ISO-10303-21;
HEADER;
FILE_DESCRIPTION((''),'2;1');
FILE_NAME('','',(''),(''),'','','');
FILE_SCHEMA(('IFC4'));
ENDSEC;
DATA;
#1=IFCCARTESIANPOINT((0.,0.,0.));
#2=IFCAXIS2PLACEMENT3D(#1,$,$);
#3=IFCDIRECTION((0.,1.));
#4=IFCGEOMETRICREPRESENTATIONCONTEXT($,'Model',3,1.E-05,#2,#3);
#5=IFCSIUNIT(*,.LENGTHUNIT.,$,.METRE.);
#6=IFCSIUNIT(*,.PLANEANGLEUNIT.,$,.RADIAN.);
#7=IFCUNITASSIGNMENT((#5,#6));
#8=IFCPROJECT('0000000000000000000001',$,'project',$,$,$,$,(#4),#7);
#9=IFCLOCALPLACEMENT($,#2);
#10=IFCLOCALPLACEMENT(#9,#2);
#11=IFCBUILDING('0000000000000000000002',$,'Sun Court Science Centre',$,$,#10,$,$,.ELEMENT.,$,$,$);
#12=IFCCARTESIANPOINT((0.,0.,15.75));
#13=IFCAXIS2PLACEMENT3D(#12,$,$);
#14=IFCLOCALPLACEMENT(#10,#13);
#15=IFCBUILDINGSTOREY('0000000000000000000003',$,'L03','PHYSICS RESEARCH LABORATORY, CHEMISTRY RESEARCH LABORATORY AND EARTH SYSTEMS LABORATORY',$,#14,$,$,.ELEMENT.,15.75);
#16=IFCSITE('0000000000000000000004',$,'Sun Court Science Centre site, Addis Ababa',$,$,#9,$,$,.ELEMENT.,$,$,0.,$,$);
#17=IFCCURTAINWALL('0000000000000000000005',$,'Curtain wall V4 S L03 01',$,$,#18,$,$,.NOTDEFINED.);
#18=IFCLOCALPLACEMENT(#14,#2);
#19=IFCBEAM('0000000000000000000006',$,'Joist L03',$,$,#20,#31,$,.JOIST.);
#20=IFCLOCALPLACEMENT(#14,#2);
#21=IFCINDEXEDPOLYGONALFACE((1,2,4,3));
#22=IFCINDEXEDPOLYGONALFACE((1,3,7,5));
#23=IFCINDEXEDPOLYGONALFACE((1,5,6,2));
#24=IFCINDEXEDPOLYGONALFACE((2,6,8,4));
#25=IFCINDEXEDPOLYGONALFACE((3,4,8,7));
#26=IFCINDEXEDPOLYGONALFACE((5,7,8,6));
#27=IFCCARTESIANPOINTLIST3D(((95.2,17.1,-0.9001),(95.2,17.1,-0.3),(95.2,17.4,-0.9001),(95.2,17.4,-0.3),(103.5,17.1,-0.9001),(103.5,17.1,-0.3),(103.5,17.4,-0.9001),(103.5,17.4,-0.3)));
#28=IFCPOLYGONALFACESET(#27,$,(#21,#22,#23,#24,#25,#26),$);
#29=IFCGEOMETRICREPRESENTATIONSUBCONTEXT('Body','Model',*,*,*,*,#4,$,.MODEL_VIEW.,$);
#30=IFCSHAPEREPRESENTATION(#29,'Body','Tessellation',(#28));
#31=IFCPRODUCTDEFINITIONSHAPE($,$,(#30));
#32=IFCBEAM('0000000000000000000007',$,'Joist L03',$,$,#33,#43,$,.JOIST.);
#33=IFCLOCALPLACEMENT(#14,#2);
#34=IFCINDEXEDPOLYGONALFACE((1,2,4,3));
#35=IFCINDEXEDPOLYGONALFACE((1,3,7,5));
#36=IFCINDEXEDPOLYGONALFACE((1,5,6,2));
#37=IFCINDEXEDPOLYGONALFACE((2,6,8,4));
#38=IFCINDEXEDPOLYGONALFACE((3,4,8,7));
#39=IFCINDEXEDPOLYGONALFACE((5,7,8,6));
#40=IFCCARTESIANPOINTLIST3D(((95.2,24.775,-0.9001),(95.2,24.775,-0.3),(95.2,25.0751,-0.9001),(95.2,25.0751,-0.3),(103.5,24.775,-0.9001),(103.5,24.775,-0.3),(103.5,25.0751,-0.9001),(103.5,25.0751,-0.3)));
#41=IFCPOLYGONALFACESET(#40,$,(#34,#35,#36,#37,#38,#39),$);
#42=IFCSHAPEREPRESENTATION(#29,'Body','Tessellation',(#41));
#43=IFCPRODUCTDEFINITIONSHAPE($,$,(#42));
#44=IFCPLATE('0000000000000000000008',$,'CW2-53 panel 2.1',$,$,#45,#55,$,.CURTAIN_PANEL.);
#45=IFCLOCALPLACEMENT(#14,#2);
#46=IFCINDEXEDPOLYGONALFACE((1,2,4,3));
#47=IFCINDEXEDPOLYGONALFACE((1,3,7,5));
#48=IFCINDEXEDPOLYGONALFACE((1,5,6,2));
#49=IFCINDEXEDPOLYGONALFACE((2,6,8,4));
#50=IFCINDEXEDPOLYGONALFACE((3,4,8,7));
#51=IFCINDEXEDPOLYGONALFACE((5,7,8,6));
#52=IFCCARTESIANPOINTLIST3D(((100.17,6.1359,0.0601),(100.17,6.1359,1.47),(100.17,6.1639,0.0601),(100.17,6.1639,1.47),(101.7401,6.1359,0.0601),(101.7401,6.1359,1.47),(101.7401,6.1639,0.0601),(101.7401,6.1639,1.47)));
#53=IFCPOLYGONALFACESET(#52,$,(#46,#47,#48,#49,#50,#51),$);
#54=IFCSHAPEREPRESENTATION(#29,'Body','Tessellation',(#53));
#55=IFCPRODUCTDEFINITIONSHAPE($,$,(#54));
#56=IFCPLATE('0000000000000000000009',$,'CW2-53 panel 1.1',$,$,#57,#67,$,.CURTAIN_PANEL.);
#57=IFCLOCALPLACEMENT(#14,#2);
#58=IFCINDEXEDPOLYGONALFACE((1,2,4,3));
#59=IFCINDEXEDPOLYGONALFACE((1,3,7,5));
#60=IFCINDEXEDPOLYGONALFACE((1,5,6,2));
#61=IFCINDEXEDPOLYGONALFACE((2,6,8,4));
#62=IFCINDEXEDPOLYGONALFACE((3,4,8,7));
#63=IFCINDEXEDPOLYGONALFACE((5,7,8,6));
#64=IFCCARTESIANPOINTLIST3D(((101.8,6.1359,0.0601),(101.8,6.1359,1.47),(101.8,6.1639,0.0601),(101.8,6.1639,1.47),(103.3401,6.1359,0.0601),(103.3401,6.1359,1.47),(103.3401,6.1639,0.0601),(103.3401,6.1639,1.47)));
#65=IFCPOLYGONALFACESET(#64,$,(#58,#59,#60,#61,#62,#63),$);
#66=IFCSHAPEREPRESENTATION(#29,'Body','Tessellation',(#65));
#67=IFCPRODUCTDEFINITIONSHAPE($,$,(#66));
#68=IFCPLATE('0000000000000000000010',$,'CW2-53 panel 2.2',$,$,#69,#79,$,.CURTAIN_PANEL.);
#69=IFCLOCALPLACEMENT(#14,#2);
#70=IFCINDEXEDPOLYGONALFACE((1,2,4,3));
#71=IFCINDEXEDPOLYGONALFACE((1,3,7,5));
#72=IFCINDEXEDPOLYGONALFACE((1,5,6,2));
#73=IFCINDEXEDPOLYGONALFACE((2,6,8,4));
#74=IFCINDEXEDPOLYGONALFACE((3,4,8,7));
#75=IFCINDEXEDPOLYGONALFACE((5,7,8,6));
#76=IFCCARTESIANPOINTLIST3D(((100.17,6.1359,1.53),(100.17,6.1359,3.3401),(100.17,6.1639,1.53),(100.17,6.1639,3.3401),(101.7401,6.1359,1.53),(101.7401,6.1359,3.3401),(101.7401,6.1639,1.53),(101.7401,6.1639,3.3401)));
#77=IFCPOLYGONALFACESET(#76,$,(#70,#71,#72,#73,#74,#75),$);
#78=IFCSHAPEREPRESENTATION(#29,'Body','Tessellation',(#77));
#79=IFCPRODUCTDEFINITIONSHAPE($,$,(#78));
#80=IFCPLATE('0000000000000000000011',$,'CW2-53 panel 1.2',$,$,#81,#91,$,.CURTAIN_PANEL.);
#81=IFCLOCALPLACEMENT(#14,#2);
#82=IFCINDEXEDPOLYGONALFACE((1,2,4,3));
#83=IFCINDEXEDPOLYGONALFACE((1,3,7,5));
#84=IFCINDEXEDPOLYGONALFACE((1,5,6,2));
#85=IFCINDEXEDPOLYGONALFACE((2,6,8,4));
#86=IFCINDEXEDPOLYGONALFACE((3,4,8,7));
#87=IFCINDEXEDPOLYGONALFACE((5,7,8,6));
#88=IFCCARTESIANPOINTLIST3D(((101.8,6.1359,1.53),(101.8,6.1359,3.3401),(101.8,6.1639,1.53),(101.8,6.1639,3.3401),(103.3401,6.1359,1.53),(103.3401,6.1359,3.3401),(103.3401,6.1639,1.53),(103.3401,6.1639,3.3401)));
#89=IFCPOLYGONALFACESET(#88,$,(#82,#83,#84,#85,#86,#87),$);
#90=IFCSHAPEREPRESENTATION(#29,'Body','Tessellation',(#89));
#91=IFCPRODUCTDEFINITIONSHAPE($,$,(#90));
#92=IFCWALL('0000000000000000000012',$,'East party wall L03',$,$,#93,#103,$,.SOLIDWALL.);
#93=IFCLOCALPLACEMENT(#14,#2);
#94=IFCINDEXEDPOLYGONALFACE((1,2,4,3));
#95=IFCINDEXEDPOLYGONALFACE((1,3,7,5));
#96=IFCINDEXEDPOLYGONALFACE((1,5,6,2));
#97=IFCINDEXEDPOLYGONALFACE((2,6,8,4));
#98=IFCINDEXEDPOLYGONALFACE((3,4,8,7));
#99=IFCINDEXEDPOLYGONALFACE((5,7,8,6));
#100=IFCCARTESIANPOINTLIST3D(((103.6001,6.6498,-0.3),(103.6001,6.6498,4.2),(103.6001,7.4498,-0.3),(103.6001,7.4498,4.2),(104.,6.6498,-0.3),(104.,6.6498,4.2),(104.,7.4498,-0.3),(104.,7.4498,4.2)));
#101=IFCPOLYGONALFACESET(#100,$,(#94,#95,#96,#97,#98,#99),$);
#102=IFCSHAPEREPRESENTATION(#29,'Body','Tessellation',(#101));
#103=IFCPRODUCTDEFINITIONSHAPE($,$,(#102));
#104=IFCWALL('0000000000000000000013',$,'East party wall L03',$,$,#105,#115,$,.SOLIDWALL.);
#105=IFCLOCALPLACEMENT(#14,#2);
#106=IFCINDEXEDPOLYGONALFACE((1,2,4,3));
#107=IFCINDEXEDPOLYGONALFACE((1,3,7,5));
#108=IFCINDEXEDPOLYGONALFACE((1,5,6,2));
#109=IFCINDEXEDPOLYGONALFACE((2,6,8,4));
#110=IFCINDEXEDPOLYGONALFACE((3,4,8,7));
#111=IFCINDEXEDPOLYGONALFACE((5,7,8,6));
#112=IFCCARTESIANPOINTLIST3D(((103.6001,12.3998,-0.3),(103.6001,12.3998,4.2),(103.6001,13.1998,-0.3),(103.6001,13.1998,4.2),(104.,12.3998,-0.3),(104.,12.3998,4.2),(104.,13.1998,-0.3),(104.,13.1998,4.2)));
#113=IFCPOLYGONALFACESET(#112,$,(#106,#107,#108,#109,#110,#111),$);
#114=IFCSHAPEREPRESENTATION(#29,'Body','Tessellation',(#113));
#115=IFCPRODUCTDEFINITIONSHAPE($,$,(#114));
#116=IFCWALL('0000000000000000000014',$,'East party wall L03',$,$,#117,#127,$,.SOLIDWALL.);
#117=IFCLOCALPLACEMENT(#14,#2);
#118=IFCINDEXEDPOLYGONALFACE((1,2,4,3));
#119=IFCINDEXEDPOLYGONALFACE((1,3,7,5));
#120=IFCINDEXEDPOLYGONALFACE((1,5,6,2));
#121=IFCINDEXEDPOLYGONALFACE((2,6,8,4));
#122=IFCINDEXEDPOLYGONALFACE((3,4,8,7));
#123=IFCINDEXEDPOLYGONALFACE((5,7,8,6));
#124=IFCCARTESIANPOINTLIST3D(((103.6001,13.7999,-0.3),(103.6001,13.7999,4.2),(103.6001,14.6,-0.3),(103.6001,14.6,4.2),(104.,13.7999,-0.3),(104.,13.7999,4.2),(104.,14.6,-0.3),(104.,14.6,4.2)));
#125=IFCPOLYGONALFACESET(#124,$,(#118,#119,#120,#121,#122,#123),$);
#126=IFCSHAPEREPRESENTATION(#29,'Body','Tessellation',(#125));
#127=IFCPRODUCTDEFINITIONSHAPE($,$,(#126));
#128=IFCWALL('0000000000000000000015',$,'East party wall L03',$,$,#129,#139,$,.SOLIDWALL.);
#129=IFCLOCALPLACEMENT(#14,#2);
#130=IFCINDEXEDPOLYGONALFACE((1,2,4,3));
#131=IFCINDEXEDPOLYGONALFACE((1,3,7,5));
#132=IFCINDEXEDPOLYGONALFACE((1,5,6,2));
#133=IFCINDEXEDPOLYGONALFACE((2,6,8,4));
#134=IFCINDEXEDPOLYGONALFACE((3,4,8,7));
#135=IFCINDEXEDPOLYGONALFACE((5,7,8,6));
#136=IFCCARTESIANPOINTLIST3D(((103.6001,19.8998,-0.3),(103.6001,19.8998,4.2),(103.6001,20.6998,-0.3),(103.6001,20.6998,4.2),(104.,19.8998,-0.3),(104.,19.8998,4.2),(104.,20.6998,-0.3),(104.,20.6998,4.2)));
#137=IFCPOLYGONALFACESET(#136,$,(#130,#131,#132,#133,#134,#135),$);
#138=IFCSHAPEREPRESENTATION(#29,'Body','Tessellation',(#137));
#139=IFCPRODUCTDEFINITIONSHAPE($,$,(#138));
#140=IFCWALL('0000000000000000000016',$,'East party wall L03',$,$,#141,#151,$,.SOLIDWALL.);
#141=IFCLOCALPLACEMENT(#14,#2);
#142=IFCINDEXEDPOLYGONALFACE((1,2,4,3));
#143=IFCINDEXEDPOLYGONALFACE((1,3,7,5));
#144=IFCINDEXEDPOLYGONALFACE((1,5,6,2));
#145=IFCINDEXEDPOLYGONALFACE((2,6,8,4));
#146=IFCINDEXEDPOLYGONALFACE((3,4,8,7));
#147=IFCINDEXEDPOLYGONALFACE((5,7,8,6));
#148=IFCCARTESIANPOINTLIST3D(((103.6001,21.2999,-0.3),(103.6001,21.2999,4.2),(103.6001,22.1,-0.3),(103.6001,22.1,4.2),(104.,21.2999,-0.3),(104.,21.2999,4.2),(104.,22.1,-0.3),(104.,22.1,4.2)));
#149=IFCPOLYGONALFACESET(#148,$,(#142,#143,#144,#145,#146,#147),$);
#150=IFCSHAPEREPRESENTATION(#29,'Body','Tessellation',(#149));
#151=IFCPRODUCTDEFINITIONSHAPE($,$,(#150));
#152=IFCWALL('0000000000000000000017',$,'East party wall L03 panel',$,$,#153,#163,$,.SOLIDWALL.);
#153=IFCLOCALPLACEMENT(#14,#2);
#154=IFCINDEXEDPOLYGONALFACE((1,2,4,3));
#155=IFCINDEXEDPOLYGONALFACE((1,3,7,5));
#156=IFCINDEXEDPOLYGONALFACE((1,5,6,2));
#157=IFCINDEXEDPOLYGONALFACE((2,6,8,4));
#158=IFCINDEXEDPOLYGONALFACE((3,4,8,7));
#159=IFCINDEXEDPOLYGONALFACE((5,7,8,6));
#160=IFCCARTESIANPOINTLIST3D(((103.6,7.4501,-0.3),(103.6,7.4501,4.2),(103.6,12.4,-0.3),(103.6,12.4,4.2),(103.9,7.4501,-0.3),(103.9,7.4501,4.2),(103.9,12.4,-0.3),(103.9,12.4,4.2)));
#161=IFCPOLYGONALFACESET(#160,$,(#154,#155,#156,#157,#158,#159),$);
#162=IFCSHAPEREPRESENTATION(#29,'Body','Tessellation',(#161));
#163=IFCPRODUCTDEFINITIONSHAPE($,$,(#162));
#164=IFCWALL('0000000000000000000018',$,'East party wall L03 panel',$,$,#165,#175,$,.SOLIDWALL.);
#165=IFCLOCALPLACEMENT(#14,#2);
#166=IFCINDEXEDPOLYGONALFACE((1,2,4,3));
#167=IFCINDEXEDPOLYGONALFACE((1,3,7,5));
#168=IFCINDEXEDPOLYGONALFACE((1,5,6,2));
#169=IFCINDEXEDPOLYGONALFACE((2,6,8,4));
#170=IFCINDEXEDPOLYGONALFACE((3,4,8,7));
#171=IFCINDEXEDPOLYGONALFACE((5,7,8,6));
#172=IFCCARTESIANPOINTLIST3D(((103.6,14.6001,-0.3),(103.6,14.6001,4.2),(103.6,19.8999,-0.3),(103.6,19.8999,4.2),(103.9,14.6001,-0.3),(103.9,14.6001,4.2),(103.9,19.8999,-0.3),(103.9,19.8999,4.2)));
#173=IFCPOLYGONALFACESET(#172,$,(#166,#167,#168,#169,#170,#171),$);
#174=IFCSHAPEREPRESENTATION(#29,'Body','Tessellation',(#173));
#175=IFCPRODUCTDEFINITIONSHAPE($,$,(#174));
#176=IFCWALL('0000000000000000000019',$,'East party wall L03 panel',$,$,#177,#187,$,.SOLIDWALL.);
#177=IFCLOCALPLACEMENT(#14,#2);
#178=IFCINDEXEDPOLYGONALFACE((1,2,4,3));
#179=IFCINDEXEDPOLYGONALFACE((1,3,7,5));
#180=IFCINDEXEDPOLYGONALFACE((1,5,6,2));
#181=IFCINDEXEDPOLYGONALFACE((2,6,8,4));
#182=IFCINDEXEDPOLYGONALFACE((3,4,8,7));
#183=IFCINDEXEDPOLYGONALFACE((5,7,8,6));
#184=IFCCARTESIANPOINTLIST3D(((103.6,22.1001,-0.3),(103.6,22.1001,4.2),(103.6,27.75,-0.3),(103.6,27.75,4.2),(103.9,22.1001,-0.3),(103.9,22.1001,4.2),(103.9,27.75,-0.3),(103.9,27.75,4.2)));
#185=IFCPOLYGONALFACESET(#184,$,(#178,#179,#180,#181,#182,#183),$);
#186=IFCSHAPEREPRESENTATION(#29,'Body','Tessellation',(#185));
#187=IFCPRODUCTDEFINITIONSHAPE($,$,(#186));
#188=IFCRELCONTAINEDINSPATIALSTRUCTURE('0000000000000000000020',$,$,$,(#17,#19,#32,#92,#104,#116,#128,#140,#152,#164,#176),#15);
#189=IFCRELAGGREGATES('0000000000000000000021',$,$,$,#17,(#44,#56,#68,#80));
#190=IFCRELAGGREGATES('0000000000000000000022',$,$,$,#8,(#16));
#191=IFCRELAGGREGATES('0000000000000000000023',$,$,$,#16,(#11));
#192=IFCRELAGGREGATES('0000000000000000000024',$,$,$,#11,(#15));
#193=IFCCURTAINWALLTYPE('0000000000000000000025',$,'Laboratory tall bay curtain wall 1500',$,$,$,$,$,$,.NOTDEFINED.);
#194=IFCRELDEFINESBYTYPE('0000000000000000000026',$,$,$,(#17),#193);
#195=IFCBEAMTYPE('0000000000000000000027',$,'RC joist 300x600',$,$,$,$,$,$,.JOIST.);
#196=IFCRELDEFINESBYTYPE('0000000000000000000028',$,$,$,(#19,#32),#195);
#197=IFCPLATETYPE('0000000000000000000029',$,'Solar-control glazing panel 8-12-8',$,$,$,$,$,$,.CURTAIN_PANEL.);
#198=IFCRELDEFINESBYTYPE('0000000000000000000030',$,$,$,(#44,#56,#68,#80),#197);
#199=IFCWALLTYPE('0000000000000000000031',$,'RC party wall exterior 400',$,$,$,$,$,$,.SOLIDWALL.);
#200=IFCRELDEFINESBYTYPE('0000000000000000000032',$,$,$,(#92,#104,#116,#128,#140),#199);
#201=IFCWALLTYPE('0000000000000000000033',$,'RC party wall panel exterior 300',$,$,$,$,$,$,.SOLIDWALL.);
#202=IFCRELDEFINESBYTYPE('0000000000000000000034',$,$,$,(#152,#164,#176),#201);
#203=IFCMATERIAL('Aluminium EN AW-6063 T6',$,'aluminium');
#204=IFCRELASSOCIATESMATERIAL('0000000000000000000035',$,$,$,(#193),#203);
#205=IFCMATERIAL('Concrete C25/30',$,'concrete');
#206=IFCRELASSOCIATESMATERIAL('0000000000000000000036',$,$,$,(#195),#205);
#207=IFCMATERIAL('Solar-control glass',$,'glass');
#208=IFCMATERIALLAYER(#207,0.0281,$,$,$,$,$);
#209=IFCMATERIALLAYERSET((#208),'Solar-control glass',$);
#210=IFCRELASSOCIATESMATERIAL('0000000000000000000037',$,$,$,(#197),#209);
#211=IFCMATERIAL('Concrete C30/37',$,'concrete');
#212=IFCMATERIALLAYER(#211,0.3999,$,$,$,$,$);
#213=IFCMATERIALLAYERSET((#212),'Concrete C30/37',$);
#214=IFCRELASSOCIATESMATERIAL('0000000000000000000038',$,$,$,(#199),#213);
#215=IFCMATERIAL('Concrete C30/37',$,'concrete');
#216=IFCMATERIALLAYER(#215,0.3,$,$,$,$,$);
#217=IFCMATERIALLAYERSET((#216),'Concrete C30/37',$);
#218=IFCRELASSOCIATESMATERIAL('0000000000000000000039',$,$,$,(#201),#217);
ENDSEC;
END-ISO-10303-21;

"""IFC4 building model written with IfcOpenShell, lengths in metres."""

from ifc_helpers import new_model, si_unit, direction, frame, frame_2d, origin, origin_2d, place, context, subcontext, project, spatial, rectangle, extrude, material, layer, layer_set, material_profile, profile_set, type_object, element, aggregate, save


model = new_model("IFC4")

# Units and contexts
model_context = context("Model", 3, precision=1e-05, world=origin(), true_north=direction((0.0, 1.0)))
body_context = subcontext(model_context, "Body", "Model", "MODEL_VIEW")
ifc_project = project(units=[si_unit("LENGTHUNIT", "METRE"), si_unit("PLANEANGLEUNIT", "RADIAN")], contexts=[model_context])

# Site, building, storey
site_placement = place(None, origin())
site = spatial("IfcSite", under=ifc_project, at=site_placement, Name="Sun Court Science Centre site, Addis Ababa", CompositionType="ELEMENT", RefElevation=0.0)
building_placement = place(site_placement, origin())
building = spatial("IfcBuilding", under=site, at=building_placement, Name="Sun Court Science Centre", CompositionType="ELEMENT")
storey_placement = place(building_placement, frame((0.0, 0.0, 15.75)))
storey = spatial("IfcBuildingStorey", under=building, at=storey_placement, Name="L03", Description="PHYSICS RESEARCH LABORATORY, CHEMISTRY RESEARCH LABORATORY AND EARTH SYSTEMS LABORATORY", CompositionType="ELEMENT", Elevation=15.75)

# Curtain wall
ifc_material_1 = material(Name="Aluminium EN AW-6063 T6", Category="aluminium")
curtain_wall_type = type_object("IfcCurtainWallType", Name="Laboratory tall bay curtain wall 1500", PredefinedType="NOTDEFINED", material=ifc_material_1)
curtain_wall_placement = place(storey_placement, origin())
curtain_wall = element("IfcCurtainWall", 1, at=curtain_wall_placement, inside=storey, type_object=curtain_wall_type, Name="Curtain wall V4 S L03 01", PredefinedType="NOTDEFINED")

# Beams
ifc_material_2 = material(Name="Concrete C25/30", Category="concrete")
ifc_material_profile_1 = material_profile(ifc_material_2, rectangle(XDim=0.3, YDim=0.6001, at=origin_2d()), Name="RC 300x600")
ifc_profile_set_1 = profile_set([ifc_material_profile_1], Name="Concrete C25/30")
beam_type_1 = type_object("IfcBeamType", Name="RC joist 300x600", PredefinedType="JOIST", material=ifc_profile_set_1)
for number, where, z_axis, x_axis, name in (
    (2, (95.2, 17.25, -0.6001), (1.0, 0.0, 0.0), (0.0, 1.0, 0.0), "Joist L03"),
    (3, (95.2, 24.925, -0.6001), (1.0, 0.0, 0.0), (0.0, 1.0, 0.0), "Joist L03"),
):
    element("IfcBeam", number, at=place(storey_placement, frame(where, z_axis=z_axis, x_axis=x_axis)), inside=storey, type_object=beam_type_1, Name=name, PredefinedType="JOIST", context=body_context, shape_type="SweptSolid", body=[
        extrude(rectangle(XDim=0.3, YDim=0.6001, at=origin_2d()), origin(), (0.0, 0.0, 1.0), 8.3),
    ])

# Plates
ifc_material_3 = material(Name="Solar-control glass", Category="glass")
ifc_layer_1 = layer(ifc_material_3, 0.0281)
ifc_layer_set_1 = layer_set([ifc_layer_1], Name="Solar-control glass")
plate_type = type_object("IfcPlateType", Name="Solar-control glazing panel 8-12-8", PredefinedType="CURTAIN_PANEL", material=ifc_layer_set_1)
plate_1_placement = place(storey_placement, frame((100.9551, 6.1499, 0.0601), z_axis=(0.0, 0.0, 1.0), x_axis=(-1.0, 0.0, 0.0)))
plate_1 = element("IfcPlate", 4, at=plate_1_placement, type_object=plate_type, Name="CW2-53 panel 2.1", PredefinedType="CURTAIN_PANEL", context=body_context, shape_type="SweptSolid", body=[
    extrude(rectangle(XDim=1.5701, YDim=0.0281, at=origin_2d()), origin(), (0.0, 0.0, 1.0), 1.4099),
])
plate_2_placement = place(storey_placement, frame((102.5701, 6.1499, 0.0601), z_axis=(0.0, 0.0, 1.0), x_axis=(-1.0, 0.0, 0.0)))
plate_2 = element("IfcPlate", 5, at=plate_2_placement, type_object=plate_type, Name="CW2-53 panel 1.1", PredefinedType="CURTAIN_PANEL", context=body_context, shape_type="SweptSolid", body=[
    extrude(rectangle(XDim=1.54, YDim=0.0281, at=origin_2d()), origin(), (0.0, 0.0, 1.0), 1.4099),
])
plate_3_placement = place(storey_placement, frame((100.9551, 6.1499, 1.53), z_axis=(0.0, 0.0, 1.0), x_axis=(-1.0, 0.0, 0.0)))
plate_3 = element("IfcPlate", 6, at=plate_3_placement, type_object=plate_type, Name="CW2-53 panel 2.2", PredefinedType="CURTAIN_PANEL", context=body_context, shape_type="SweptSolid", body=[
    extrude(rectangle(XDim=1.5701, YDim=0.0281, at=origin_2d()), origin(), (0.0, 0.0, 1.0), 1.8101),
])
plate_4_placement = place(storey_placement, frame((102.5701, 6.1499, 1.53), z_axis=(0.0, 0.0, 1.0), x_axis=(-1.0, 0.0, 0.0)))
plate_4 = element("IfcPlate", 7, at=plate_4_placement, type_object=plate_type, Name="CW2-53 panel 1.2", PredefinedType="CURTAIN_PANEL", context=body_context, shape_type="SweptSolid", body=[
    extrude(rectangle(XDim=1.54, YDim=0.0281, at=origin_2d()), origin(), (0.0, 0.0, 1.0), 1.8101),
])
aggregate(curtain_wall, [plate_1, plate_2, plate_3, plate_4])

# Walls
ifc_material_4 = material(Name="Concrete C30/37", Category="concrete")
ifc_layer_2 = layer(ifc_material_4, 0.3999)
ifc_layer_set_2 = layer_set([ifc_layer_2], Name="Concrete C30/37")
wall_type_1 = type_object("IfcWallType", Name="RC party wall exterior 400", PredefinedType="SOLIDWALL", material=ifc_layer_set_2)
for number, where, z_axis, x_axis, name in (
    (8, (103.8, 6.6499, -0.3), (0.0, 0.0, 1.0), (0.0, 1.0, 0.0), "East party wall L03"),
    (9, (103.8, 12.3999, -0.3), (0.0, 0.0, 1.0), (0.0, 1.0, 0.0), "East party wall L03"),
    (10, (103.8, 13.8, -0.3), (0.0, 0.0, 1.0), (0.0, 1.0, 0.0), "East party wall L03"),
    (11, (103.8, 19.8999, -0.3), (0.0, 0.0, 1.0), (0.0, 1.0, 0.0), "East party wall L03"),
    (12, (103.8, 21.3, -0.3), (0.0, 0.0, 1.0), (0.0, 1.0, 0.0), "East party wall L03"),
):
    element("IfcWall", number, at=place(storey_placement, frame(where, z_axis=z_axis, x_axis=x_axis)), inside=storey, type_object=wall_type_1, Name=name, PredefinedType="SOLIDWALL", context=body_context, shape_type="SweptSolid", body=[
        extrude(rectangle(XDim=0.8, YDim=0.3999, at=frame_2d((0.3999, 0.0))), origin(), (0.0, 0.0, 1.0), 4.5),
    ])
ifc_material_5 = material(Name="Concrete C30/37", Category="concrete")
ifc_layer_3 = layer(ifc_material_5, 0.3)
ifc_layer_set_3 = layer_set([ifc_layer_3], Name="Concrete C30/37")
wall_type_2 = type_object("IfcWallType", Name="RC party wall panel exterior 300", PredefinedType="SOLIDWALL", material=ifc_layer_set_3)
wall_1_placement = place(storey_placement, frame((103.75, 7.45, -0.3), z_axis=(0.0, 0.0, 1.0), x_axis=(0.0, 1.0, 0.0)))
element("IfcWall", 13, at=wall_1_placement, inside=storey, type_object=wall_type_2, Name="East party wall L03 panel", PredefinedType="SOLIDWALL", context=body_context, shape_type="SweptSolid", body=[
    extrude(rectangle(XDim=4.95, YDim=0.3, at=frame_2d((2.4751, 0.0))), origin(), (0.0, 0.0, 1.0), 4.5),
])
wall_2_placement = place(storey_placement, frame((103.75, 14.6001, -0.3), z_axis=(0.0, 0.0, 1.0), x_axis=(0.0, 1.0, 0.0)))
element("IfcWall", 14, at=wall_2_placement, inside=storey, type_object=wall_type_2, Name="East party wall L03 panel", PredefinedType="SOLIDWALL", context=body_context, shape_type="SweptSolid", body=[
    extrude(rectangle(XDim=5.2998, YDim=0.3, at=frame_2d((2.6499, 0.0))), origin(), (0.0, 0.0, 1.0), 4.5),
])
wall_3_placement = place(storey_placement, frame((103.75, 22.1001, -0.3), z_axis=(0.0, 0.0, 1.0), x_axis=(0.0, 1.0, 0.0)))
element("IfcWall", 15, at=wall_3_placement, inside=storey, type_object=wall_type_2, Name="East party wall L03 panel", PredefinedType="SOLIDWALL", context=body_context, shape_type="SweptSolid", body=[
    extrude(rectangle(XDim=5.6499, YDim=0.3, at=frame_2d((2.825, 0.0))), origin(), (0.0, 0.0, 1.0), 4.5),
])

save(model, "model.ifc")
